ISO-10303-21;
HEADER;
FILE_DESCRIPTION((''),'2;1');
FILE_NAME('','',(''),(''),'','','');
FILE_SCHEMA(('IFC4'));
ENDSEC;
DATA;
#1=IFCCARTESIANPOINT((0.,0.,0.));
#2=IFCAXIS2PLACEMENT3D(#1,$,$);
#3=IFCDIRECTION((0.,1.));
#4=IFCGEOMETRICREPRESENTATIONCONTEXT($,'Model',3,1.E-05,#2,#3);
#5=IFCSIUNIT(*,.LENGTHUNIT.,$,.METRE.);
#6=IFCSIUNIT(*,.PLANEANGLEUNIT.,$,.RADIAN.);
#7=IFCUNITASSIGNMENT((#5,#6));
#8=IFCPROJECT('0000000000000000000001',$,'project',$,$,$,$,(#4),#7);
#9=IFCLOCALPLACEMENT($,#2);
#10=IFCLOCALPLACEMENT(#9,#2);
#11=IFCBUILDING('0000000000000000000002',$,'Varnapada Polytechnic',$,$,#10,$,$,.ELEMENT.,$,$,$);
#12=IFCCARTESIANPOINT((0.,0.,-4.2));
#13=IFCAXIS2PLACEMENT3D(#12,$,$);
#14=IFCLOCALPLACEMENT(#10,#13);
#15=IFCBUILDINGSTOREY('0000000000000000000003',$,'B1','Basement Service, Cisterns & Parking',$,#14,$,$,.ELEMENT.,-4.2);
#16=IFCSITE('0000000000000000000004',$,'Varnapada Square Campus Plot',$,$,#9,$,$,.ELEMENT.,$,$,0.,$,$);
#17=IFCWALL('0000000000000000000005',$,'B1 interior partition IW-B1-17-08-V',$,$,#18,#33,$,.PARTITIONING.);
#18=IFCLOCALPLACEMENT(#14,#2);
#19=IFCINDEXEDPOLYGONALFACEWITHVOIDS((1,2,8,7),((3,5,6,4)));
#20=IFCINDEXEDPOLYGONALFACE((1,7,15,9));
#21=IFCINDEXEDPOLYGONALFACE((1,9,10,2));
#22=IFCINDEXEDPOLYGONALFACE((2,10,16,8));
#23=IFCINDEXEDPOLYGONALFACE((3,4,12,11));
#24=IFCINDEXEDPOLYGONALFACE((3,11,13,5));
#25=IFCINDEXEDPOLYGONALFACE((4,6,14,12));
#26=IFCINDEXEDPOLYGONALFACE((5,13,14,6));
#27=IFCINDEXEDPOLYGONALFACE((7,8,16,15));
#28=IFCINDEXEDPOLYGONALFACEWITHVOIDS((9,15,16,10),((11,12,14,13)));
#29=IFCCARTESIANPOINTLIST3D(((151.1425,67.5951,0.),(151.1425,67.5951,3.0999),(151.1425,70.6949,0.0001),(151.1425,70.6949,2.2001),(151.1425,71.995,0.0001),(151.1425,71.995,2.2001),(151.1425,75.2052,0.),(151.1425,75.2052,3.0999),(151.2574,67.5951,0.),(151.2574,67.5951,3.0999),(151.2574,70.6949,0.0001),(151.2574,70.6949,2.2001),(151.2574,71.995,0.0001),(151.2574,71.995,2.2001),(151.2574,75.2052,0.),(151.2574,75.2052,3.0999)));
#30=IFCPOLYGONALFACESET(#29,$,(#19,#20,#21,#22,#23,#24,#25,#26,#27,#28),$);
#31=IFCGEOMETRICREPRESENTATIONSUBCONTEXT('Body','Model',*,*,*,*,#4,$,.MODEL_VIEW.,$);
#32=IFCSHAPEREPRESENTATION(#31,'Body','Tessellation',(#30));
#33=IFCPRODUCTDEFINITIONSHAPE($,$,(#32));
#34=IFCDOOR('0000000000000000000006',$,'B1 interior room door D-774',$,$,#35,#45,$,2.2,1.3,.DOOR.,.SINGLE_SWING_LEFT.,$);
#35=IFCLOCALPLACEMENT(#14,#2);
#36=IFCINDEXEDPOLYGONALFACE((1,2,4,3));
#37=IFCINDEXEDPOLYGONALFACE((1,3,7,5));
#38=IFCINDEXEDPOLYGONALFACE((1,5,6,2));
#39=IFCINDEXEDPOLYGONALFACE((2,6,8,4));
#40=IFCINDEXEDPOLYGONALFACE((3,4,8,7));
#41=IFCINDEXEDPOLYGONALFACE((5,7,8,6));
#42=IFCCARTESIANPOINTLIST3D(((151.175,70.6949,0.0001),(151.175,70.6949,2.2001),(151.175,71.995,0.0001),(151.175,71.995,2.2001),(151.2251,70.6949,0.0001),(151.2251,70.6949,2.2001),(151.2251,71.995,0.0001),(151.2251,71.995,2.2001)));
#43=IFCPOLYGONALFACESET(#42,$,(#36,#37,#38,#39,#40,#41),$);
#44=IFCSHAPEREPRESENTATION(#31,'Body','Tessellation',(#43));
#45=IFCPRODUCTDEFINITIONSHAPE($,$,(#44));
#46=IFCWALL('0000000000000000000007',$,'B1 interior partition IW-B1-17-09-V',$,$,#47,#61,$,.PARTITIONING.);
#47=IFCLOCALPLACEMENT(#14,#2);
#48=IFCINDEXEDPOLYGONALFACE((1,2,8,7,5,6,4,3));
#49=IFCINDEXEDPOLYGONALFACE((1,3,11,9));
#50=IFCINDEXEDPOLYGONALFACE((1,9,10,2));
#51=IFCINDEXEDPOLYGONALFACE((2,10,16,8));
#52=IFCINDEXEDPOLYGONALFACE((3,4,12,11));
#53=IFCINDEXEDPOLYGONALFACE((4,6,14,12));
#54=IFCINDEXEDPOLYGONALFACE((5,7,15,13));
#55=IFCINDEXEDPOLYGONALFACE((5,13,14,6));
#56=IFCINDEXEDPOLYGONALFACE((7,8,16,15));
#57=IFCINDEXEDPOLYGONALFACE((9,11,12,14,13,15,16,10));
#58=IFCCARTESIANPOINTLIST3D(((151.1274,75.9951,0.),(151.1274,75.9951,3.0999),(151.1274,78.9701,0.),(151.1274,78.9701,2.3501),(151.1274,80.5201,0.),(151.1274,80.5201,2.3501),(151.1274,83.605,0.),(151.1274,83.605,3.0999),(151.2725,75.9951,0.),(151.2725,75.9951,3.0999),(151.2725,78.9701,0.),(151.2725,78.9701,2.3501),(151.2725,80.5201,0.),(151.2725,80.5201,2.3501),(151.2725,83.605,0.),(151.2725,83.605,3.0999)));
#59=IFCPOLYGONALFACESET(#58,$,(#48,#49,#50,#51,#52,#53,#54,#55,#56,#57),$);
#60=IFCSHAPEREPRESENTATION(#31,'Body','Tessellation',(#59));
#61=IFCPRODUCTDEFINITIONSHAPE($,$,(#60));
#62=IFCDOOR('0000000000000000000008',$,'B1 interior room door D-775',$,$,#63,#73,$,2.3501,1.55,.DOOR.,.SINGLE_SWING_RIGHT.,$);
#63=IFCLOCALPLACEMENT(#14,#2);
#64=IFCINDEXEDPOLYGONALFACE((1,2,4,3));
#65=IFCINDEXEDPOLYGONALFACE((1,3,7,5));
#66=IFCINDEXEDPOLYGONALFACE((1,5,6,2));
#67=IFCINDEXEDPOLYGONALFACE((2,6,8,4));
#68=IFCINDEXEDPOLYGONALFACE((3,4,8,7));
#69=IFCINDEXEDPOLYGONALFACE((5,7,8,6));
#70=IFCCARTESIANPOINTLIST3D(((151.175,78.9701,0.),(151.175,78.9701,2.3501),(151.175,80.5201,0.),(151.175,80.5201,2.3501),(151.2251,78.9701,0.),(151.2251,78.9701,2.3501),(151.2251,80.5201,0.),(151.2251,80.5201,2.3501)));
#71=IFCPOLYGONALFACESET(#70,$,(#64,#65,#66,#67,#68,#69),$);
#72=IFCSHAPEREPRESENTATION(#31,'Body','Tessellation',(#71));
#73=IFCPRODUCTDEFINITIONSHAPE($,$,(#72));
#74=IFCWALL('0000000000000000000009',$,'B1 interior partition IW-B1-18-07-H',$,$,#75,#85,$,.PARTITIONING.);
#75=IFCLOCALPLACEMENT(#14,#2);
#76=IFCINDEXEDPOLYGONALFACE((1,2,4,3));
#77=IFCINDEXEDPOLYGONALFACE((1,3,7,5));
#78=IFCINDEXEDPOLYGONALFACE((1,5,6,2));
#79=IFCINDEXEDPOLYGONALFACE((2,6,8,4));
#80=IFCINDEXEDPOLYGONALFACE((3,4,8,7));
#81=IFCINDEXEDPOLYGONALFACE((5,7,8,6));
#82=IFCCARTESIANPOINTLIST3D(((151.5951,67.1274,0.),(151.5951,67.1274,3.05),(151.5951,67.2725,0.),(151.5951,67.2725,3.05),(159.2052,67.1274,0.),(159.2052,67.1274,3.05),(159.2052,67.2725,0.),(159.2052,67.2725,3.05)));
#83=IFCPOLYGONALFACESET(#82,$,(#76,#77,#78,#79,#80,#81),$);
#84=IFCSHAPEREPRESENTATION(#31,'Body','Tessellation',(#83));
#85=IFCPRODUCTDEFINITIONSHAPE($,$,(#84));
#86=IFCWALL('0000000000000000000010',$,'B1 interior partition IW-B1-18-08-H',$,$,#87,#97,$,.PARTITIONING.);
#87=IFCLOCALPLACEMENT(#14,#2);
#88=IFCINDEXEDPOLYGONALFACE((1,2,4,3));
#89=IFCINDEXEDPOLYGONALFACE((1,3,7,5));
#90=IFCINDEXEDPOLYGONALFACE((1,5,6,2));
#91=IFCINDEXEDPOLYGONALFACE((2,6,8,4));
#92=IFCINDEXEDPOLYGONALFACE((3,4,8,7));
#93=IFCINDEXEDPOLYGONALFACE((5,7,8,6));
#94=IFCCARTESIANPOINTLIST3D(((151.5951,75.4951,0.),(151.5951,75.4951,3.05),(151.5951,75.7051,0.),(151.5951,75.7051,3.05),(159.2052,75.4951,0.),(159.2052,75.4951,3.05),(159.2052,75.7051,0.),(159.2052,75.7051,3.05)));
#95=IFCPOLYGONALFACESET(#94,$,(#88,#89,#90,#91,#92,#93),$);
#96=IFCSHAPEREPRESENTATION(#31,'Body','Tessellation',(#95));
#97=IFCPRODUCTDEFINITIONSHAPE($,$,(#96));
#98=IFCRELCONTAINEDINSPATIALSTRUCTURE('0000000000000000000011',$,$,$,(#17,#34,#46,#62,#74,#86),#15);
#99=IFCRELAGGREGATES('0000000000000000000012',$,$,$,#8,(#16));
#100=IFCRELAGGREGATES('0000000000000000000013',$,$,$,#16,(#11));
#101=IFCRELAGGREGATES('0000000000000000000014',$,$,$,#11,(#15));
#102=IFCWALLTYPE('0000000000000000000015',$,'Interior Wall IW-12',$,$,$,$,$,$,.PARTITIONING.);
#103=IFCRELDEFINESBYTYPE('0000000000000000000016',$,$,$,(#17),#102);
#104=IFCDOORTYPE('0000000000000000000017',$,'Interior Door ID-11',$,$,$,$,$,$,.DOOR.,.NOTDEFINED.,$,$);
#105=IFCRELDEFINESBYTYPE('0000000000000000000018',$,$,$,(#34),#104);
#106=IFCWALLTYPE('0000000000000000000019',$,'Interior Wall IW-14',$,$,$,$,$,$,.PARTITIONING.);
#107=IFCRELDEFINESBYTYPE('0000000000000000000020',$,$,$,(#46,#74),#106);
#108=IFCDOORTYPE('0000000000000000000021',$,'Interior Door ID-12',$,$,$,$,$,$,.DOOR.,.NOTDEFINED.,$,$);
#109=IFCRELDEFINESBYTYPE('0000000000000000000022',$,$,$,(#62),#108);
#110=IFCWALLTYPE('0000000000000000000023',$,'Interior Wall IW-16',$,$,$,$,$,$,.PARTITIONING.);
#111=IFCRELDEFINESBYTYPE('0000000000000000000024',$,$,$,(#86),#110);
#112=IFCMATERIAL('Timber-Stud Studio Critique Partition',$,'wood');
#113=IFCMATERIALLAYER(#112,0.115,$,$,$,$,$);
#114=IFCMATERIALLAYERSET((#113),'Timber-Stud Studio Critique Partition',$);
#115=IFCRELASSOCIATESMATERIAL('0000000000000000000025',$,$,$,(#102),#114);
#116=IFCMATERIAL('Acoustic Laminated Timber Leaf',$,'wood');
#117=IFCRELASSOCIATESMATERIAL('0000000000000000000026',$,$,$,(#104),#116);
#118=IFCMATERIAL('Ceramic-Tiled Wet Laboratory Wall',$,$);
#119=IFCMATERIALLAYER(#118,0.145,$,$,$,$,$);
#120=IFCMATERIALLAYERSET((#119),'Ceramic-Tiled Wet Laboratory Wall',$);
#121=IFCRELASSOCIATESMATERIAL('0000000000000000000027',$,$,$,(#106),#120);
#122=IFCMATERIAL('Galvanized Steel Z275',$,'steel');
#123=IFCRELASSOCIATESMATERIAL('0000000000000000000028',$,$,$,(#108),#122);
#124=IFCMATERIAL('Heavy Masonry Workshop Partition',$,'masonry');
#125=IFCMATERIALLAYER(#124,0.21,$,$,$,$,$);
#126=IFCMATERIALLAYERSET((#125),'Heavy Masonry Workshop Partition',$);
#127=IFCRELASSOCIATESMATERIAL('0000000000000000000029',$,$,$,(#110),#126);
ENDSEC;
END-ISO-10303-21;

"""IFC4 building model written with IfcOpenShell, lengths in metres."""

from ifc_helpers import new_model, si_unit, direction, frame, frame_2d, origin, place, context, subcontext, project, spatial, rectangle, extrude, material, layer, layer_set, type_object, element, fill, save


model = new_model("IFC4")

# Units and contexts
model_context = context("Model", 3, precision=1e-05, world=origin(), true_north=direction((0.0, 1.0)))
body_context = subcontext(model_context, "Body", "Model", "MODEL_VIEW")
ifc_project = project(units=[si_unit("LENGTHUNIT", "METRE"), si_unit("PLANEANGLEUNIT", "RADIAN")], contexts=[model_context])

# Site, building, storey
site_placement = place(None, origin())
site = spatial("IfcSite", under=ifc_project, at=site_placement, Name="Varnapada Square Campus Plot", CompositionType="ELEMENT", RefElevation=0.0)
building_placement = place(site_placement, origin())
building = spatial("IfcBuilding", under=site, at=building_placement, Name="Varnapada Polytechnic", CompositionType="ELEMENT")
storey_placement = place(building_placement, frame((0.0, 0.0, -4.2)))
storey = spatial("IfcBuildingStorey", under=building, at=storey_placement, Name="B1", Description="Basement Service, Cisterns & Parking", CompositionType="ELEMENT", Elevation=-4.2)

# Walls, openings, doors
ifc_material_1 = material(Name="Timber-Stud Studio Critique Partition", Category="wood")
ifc_layer_1 = layer(ifc_material_1, 0.115)
ifc_layer_set_1 = layer_set([ifc_layer_1], Name="Timber-Stud Studio Critique Partition")
wall_type_1 = type_object("IfcWallType", Name="Interior Wall IW-12", PredefinedType="PARTITIONING", material=ifc_layer_set_1)
wall_1_placement = place(storey_placement, frame((151.2, 67.595, 0.0), z_axis=(0.0, 0.0, 1.0), x_axis=(0.0, 1.0, 0.0)))
wall_1 = element("IfcWall", 1, at=wall_1_placement, inside=storey, type_object=wall_type_1, Name="B1 interior partition IW-B1-17-08-V", PredefinedType="PARTITIONING", context=body_context, shape_type="SweptSolid", body=[
    extrude(rectangle(XDim=7.6101, YDim=0.115, at=frame_2d((3.8052, 0.0))), origin(), (0.0, 0.0, 1.0), 3.0999),
])
opening_1_placement = place(wall_1_placement, frame((3.1001, 0.0, 0.0)))
opening_1 = element("IfcOpeningElement", 2, at=opening_1_placement, cuts=wall_1, PredefinedType="OPENING", context=body_context, shape_type="SweptSolid", body=[
    extrude(rectangle(XDim=1.3, YDim=2.2, at=frame_2d((0.6499, 1.1001))), frame((0.0, 0.0674, 0.0), z_axis=(0.0, -1.0, 0.0), x_axis=(1.0, 0.0, 0.0)), (0.0, 0.0, 1.0), 0.135),
])
ifc_material_2 = material(Name="Acoustic Laminated Timber Leaf", Category="wood")
door_type_1 = type_object("IfcDoorType", Name="Interior Door ID-11", OperationType="NOTDEFINED", PredefinedType="DOOR", material=ifc_material_2)
door_1_placement = place(opening_1_placement, origin())
door_1 = element("IfcDoor", 3, at=door_1_placement, inside=storey, type_object=door_type_1, Name="B1 interior room door D-774", OperationType="SINGLE_SWING_LEFT", OverallHeight=2.2, OverallWidth=1.3, PredefinedType="DOOR", context=body_context, shape_type="SweptSolid", body=[
    extrude(rectangle(XDim=1.3, YDim=2.2, at=frame_2d((0.6499, 1.1001))), frame((0.0, 0.0249, 0.0), z_axis=(0.0, -1.0, 0.0), x_axis=(1.0, 0.0, 0.0)), (0.0, 0.0, 1.0), 0.05),
])
fill(opening_1, door_1)
ifc_material_3 = material(Name="Ceramic-Tiled Wet Laboratory Wall")
ifc_layer_2 = layer(ifc_material_3, 0.145)
ifc_layer_set_2 = layer_set([ifc_layer_2], Name="Ceramic-Tiled Wet Laboratory Wall")
wall_type_2 = type_object("IfcWallType", Name="Interior Wall IW-14", PredefinedType="PARTITIONING", material=ifc_layer_set_2)
wall_2_placement = place(storey_placement, frame((151.2, 75.9951, 0.0), z_axis=(0.0, 0.0, 1.0), x_axis=(0.0, 1.0, 0.0)))
wall_2 = element("IfcWall", 4, at=wall_2_placement, inside=storey, type_object=wall_type_2, Name="B1 interior partition IW-B1-17-09-V", PredefinedType="PARTITIONING", context=body_context, shape_type="SweptSolid", body=[
    extrude(rectangle(XDim=7.6099, YDim=0.145, at=frame_2d((3.8049, 0.0))), origin(), (0.0, 0.0, 1.0), 3.0999),
])
opening_2_placement = place(wall_2_placement, frame((2.9751, 0.0, 0.0)))
opening_2 = element("IfcOpeningElement", 5, at=opening_2_placement, cuts=wall_2, PredefinedType="OPENING", context=body_context, shape_type="SweptSolid", body=[
    extrude(rectangle(XDim=1.55, YDim=2.3501, at=frame_2d((0.7749, 1.175))), frame((0.0, 0.0825, 0.0), z_axis=(0.0, -1.0, 0.0), x_axis=(1.0, 0.0, 0.0)), (0.0, 0.0, 1.0), 0.165),
])
ifc_material_4 = material(Name="Galvanized Steel Z275", Category="steel")
door_type_2 = type_object("IfcDoorType", Name="Interior Door ID-12", OperationType="NOTDEFINED", PredefinedType="DOOR", material=ifc_material_4)
door_2_placement = place(opening_2_placement, origin())
door_2 = element("IfcDoor", 6, at=door_2_placement, inside=storey, type_object=door_type_2, Name="B1 interior room door D-775", OperationType="SINGLE_SWING_RIGHT", OverallHeight=2.3501, OverallWidth=1.55, PredefinedType="DOOR", context=body_context, shape_type="SweptSolid", body=[
    extrude(rectangle(XDim=1.55, YDim=2.3501, at=frame_2d((0.7749, 1.175))), frame((0.0, 0.0249, 0.0), z_axis=(0.0, -1.0, 0.0), x_axis=(1.0, 0.0, 0.0)), (0.0, 0.0, 1.0), 0.05),
])
fill(opening_2, door_2)

# Walls
wall_3_placement = place(storey_placement, frame((151.595, 67.2, 0.0), z_axis=(0.0, 0.0, 1.0), x_axis=(1.0, 0.0, 0.0)))
element("IfcWall", 7, at=wall_3_placement, inside=storey, type_object=wall_type_2, Name="B1 interior partition IW-B1-18-07-H", PredefinedType="PARTITIONING", context=body_context, shape_type="SweptSolid", body=[
    extrude(rectangle(XDim=7.6101, YDim=0.145, at=frame_2d((3.8052, 0.0))), origin(), (0.0, 0.0, 1.0), 3.05),
])
ifc_material_5 = material(Name="Heavy Masonry Workshop Partition", Category="masonry")
ifc_layer_3 = layer(ifc_material_5, 0.21)
ifc_layer_set_3 = layer_set([ifc_layer_3], Name="Heavy Masonry Workshop Partition")
wall_type_3 = type_object("IfcWallType", Name="Interior Wall IW-16", PredefinedType="PARTITIONING", material=ifc_layer_set_3)
wall_4_placement = place(storey_placement, frame((151.595, 75.6001, 0.0), z_axis=(0.0, 0.0, 1.0), x_axis=(1.0, 0.0, 0.0)))
element("IfcWall", 8, at=wall_4_placement, inside=storey, type_object=wall_type_3, Name="B1 interior partition IW-B1-18-08-H", PredefinedType="PARTITIONING", context=body_context, shape_type="SweptSolid", body=[
    extrude(rectangle(XDim=7.6101, YDim=0.21, at=frame_2d((3.8052, 0.0))), origin(), (0.0, 0.0, 1.0), 3.05),
])

save(model, "model.ifc")
